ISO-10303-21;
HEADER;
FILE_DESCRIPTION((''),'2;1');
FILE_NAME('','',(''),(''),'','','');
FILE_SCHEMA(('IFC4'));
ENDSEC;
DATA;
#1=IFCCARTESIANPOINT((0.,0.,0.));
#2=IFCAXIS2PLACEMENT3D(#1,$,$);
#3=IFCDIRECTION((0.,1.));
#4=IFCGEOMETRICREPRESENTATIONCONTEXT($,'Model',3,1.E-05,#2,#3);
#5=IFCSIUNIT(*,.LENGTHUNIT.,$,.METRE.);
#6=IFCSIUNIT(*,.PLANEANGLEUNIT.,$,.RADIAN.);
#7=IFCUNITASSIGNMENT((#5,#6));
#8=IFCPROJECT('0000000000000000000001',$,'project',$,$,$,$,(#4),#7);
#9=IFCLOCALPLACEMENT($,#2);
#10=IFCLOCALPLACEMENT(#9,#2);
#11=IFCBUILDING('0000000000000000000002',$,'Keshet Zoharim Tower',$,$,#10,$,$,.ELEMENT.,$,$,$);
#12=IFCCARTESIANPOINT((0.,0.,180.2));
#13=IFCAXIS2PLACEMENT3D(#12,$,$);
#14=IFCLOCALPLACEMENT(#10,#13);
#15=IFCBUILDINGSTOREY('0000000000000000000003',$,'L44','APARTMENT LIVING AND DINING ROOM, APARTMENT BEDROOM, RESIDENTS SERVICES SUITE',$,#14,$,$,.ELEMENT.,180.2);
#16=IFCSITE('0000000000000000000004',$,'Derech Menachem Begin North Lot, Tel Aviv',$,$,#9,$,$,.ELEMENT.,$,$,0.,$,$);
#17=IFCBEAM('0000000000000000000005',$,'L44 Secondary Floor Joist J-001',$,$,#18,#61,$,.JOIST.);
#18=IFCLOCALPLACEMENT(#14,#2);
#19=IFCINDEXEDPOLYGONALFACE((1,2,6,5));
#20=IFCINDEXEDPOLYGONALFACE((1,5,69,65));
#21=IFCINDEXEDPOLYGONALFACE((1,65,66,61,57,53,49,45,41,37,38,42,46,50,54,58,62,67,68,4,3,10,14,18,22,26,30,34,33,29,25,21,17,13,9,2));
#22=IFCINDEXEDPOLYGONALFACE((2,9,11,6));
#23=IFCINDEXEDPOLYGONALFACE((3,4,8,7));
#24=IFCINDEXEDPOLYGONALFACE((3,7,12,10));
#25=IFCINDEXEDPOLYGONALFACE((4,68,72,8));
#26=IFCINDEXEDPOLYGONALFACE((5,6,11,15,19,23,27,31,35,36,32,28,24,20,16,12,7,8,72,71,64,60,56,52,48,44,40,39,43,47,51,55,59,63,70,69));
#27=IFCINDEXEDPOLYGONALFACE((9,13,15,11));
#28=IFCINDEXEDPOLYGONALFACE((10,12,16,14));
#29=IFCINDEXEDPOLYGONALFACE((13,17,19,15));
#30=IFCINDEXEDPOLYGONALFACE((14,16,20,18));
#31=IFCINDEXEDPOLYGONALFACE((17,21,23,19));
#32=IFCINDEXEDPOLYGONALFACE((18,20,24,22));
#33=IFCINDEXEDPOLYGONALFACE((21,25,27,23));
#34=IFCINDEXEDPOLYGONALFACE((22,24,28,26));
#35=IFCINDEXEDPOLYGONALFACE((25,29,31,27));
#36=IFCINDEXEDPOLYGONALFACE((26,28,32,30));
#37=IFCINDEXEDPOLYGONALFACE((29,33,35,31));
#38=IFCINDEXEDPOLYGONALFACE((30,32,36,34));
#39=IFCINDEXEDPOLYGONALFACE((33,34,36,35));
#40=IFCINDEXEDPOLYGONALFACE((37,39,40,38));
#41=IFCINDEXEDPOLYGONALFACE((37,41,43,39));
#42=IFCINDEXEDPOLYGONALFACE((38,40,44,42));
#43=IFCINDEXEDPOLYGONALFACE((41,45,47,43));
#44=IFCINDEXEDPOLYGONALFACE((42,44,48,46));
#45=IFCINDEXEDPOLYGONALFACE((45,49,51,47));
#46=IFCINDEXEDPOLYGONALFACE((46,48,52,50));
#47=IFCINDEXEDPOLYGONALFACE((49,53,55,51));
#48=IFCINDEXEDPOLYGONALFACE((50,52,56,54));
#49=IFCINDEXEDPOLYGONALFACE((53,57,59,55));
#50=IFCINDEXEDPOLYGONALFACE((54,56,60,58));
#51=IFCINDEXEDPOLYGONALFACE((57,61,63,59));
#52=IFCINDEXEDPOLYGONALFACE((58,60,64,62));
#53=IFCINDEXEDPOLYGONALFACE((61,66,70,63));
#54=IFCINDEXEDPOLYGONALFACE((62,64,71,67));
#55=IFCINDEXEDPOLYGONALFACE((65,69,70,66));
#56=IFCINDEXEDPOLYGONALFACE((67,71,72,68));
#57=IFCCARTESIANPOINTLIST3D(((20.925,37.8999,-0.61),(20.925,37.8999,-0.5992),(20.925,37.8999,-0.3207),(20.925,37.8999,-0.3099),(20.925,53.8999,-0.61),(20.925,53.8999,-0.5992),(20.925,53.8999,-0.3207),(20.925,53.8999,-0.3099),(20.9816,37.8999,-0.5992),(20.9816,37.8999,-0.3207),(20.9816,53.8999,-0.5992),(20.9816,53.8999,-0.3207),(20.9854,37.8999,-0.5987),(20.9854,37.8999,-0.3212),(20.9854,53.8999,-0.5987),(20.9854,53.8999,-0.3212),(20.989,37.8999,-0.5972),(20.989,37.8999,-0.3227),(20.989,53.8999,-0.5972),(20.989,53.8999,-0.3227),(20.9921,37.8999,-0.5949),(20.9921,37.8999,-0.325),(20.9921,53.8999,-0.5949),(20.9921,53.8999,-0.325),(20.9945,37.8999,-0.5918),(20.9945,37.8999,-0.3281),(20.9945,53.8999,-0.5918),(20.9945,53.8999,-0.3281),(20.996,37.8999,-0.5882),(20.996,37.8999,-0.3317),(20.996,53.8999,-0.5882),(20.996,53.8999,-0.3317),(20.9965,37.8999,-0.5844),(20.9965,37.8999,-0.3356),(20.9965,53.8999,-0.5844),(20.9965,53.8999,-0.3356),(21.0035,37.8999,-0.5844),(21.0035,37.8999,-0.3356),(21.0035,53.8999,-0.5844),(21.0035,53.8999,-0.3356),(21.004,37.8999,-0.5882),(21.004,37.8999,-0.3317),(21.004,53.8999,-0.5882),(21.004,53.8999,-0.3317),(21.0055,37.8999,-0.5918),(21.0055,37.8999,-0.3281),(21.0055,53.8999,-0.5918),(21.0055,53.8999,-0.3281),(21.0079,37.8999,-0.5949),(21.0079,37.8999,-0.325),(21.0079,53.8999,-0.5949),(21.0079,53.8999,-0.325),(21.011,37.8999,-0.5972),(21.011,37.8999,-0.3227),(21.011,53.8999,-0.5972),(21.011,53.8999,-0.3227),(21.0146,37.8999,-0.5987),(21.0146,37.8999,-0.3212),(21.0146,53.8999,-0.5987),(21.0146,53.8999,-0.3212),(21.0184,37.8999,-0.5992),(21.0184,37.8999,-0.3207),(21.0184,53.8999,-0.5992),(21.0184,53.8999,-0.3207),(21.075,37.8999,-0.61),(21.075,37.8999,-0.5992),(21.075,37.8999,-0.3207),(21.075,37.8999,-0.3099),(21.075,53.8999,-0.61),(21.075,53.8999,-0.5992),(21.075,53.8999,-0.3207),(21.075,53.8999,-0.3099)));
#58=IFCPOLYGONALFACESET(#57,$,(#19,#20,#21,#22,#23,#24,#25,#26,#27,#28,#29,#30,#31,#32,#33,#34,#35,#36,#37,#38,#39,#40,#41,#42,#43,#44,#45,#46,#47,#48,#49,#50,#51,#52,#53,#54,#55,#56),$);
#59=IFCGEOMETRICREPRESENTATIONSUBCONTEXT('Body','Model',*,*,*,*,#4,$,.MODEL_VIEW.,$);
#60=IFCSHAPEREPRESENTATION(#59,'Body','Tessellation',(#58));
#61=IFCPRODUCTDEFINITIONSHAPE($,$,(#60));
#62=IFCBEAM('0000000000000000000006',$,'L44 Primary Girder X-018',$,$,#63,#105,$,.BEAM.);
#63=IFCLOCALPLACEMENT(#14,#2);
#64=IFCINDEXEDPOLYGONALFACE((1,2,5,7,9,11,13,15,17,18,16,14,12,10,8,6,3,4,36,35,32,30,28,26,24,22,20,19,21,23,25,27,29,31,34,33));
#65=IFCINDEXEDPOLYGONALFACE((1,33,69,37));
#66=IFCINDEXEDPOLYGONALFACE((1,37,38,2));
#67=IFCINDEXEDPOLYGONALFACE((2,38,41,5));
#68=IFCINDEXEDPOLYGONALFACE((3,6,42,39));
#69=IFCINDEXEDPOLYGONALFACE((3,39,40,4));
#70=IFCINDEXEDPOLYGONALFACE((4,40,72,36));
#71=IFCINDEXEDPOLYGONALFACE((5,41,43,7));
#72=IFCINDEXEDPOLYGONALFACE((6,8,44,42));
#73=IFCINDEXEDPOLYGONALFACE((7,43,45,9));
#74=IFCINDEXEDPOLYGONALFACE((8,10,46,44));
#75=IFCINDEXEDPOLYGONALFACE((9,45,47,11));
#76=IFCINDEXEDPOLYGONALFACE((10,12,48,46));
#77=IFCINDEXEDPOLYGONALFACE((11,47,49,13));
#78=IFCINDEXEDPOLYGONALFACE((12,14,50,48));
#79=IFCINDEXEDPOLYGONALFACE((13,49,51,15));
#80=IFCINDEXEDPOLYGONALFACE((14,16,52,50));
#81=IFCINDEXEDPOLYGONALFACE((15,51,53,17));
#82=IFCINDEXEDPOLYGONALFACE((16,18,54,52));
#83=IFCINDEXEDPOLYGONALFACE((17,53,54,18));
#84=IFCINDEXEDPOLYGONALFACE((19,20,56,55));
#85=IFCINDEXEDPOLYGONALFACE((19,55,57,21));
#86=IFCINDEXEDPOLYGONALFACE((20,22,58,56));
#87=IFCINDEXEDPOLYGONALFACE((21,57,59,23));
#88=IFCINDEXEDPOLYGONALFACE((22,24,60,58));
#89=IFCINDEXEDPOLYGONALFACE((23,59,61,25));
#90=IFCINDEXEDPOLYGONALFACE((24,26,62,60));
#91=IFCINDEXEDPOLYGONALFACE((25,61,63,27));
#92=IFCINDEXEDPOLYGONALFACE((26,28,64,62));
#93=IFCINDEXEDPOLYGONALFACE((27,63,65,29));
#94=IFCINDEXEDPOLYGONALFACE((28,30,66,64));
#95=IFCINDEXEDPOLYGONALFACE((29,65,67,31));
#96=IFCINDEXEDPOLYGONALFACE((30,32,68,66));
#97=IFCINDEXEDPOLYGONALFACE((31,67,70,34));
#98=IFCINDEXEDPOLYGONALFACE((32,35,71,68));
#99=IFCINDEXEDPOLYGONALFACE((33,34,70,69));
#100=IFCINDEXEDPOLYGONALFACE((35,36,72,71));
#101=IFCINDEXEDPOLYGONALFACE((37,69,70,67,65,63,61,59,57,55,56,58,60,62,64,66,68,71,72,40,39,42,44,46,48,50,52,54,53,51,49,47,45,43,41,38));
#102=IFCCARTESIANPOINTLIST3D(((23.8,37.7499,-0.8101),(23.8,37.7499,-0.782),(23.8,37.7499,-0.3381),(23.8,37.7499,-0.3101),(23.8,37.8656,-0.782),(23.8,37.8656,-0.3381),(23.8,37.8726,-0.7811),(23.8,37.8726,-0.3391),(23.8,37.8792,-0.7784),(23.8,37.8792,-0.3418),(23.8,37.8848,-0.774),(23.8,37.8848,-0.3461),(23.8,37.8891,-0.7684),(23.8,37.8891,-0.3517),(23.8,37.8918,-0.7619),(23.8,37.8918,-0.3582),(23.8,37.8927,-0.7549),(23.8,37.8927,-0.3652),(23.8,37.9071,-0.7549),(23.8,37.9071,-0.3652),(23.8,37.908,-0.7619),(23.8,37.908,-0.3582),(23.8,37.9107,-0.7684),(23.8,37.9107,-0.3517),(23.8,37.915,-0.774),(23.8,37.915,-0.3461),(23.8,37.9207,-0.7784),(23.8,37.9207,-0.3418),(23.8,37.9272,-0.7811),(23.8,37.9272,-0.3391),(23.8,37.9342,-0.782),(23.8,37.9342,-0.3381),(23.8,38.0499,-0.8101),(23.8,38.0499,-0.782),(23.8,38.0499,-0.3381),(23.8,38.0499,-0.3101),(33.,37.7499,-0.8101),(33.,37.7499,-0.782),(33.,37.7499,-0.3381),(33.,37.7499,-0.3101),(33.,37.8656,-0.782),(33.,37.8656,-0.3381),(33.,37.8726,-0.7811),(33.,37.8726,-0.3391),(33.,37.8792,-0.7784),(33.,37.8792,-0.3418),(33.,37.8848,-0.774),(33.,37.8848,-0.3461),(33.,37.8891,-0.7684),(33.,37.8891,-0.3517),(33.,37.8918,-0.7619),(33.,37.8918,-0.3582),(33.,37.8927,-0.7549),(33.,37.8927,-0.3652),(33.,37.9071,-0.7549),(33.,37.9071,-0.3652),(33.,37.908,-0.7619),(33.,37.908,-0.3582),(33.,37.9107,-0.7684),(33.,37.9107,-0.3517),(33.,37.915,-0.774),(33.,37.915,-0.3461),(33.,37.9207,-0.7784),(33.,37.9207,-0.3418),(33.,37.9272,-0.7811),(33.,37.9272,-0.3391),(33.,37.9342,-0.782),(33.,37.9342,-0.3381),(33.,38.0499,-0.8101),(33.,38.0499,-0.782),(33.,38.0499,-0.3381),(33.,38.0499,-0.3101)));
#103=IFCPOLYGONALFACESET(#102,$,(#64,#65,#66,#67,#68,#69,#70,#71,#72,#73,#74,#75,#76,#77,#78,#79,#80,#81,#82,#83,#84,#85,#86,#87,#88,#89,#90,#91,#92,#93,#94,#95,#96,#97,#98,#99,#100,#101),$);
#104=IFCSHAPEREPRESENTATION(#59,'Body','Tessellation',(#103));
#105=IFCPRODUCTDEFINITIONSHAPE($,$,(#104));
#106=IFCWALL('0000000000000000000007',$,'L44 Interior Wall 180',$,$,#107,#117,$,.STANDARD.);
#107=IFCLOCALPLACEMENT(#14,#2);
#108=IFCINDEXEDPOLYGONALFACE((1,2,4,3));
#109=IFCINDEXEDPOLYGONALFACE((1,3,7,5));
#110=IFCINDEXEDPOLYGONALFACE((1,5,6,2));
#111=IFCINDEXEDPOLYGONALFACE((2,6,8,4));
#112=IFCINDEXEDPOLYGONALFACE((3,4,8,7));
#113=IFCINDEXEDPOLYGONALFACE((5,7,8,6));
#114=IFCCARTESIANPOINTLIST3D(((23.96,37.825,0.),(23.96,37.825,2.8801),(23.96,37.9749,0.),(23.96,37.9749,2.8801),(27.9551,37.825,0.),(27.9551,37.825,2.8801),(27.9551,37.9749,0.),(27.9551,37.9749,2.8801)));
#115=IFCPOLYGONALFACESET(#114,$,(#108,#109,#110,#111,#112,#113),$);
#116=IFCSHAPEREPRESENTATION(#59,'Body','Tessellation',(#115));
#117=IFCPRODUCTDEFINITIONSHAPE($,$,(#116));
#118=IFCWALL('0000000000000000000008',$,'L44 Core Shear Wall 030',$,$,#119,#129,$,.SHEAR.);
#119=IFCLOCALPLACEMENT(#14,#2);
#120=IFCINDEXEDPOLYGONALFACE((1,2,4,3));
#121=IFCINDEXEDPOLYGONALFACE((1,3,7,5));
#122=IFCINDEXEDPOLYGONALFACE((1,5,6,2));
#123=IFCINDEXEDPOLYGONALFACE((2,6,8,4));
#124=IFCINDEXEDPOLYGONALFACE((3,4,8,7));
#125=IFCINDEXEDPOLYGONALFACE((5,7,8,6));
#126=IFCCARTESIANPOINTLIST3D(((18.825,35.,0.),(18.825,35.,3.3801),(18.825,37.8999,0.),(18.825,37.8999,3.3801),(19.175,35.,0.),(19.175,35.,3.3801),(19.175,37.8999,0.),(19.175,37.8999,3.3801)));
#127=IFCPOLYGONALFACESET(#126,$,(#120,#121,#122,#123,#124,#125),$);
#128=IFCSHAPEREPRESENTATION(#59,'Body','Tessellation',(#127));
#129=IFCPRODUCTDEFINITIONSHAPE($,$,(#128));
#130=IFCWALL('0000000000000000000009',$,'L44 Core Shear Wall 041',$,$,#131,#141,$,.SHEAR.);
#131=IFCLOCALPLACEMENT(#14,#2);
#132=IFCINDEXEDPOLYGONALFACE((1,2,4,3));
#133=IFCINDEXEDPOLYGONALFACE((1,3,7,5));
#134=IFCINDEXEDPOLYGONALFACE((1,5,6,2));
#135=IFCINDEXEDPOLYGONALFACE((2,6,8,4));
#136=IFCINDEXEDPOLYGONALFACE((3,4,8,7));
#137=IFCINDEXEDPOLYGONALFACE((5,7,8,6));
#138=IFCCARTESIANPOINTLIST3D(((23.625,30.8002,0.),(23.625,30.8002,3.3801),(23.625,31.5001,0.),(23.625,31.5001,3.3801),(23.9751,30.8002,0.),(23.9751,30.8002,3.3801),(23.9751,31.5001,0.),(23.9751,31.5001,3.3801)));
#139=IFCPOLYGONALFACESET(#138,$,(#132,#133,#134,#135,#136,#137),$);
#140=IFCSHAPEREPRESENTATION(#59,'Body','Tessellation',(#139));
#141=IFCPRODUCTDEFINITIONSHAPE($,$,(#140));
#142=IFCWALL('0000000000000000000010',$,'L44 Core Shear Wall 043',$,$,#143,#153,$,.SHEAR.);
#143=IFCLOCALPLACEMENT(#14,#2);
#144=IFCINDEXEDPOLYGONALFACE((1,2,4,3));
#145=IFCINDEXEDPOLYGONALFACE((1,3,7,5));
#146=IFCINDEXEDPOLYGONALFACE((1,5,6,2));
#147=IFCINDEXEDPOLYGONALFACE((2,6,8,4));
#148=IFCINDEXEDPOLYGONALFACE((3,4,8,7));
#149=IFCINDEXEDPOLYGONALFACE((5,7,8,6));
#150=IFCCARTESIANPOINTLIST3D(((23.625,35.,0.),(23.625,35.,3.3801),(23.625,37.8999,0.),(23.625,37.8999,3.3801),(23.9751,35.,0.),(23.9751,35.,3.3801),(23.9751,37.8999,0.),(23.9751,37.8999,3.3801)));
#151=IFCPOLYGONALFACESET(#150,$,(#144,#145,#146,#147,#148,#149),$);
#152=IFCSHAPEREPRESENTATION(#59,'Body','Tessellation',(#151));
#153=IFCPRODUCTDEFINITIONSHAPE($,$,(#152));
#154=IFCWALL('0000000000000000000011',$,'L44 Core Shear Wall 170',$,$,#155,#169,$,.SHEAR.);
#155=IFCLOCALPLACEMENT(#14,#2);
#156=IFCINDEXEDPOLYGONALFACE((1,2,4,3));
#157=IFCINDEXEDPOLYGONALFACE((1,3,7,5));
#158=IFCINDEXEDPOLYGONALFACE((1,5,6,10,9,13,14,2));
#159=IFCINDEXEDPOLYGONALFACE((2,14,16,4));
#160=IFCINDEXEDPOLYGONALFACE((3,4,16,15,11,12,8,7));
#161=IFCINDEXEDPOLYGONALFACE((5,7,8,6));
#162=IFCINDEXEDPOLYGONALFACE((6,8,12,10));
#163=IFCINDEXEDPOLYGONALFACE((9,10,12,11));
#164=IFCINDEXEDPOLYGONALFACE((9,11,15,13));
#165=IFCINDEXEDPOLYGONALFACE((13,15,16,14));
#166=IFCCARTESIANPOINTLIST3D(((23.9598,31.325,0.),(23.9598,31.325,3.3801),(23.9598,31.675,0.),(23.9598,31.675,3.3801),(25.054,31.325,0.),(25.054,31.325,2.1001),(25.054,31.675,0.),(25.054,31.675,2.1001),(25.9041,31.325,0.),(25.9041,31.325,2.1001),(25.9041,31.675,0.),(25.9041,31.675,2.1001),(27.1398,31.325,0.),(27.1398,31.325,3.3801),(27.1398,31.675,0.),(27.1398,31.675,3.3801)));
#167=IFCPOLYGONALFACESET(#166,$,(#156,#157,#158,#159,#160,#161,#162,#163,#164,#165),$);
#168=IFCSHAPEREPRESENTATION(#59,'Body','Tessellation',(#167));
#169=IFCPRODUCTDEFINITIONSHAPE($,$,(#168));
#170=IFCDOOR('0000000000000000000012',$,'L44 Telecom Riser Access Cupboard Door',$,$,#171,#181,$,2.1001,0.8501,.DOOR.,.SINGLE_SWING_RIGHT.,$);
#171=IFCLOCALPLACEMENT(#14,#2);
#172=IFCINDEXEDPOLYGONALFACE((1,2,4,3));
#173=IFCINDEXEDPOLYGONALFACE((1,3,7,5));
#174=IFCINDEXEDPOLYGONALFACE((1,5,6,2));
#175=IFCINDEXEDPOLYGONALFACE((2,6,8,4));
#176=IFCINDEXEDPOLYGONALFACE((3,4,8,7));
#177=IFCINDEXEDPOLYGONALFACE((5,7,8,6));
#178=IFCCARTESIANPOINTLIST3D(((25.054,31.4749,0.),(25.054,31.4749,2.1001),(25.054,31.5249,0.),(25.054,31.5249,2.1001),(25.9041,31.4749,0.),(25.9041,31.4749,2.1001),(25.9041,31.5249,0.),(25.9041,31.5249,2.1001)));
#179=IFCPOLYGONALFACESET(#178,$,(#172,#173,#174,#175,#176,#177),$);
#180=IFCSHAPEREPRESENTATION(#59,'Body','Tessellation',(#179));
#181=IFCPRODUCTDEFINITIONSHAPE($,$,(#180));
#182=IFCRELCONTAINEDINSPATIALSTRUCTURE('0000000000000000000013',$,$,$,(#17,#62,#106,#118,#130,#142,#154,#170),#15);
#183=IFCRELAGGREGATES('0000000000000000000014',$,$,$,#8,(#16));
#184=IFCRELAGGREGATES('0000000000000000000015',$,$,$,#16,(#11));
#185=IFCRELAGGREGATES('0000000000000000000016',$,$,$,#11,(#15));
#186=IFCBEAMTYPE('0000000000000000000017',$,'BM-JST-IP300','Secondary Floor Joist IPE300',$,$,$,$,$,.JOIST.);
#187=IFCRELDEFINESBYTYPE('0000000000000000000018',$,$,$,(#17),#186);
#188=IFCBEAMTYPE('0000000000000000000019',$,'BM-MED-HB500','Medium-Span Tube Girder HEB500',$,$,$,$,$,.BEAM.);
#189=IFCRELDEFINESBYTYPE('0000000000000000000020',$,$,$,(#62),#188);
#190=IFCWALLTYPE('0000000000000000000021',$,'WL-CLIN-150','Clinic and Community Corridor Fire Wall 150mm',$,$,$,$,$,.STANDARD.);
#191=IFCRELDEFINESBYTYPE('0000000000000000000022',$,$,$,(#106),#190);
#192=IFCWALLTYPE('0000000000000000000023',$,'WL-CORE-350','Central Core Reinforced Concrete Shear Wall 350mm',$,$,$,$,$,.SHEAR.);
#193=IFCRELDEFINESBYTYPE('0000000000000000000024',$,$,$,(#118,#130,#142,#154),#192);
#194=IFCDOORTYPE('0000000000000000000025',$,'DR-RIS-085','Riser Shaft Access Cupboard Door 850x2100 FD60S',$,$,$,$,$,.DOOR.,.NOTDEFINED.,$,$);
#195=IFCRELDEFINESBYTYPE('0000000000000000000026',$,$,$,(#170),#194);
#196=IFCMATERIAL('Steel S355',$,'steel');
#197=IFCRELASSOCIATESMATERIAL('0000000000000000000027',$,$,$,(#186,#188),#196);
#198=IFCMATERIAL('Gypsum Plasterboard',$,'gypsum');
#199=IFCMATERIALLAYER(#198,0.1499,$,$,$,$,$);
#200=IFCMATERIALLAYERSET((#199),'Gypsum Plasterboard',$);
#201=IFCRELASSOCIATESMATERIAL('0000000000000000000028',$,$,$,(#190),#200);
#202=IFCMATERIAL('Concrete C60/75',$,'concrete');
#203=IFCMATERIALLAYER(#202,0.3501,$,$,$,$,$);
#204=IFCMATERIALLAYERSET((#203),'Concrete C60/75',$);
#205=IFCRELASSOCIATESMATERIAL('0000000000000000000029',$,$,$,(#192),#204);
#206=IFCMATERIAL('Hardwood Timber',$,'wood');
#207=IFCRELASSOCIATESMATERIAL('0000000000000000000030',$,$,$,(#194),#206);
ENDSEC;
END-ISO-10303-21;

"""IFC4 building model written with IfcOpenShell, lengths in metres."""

from ifc_helpers import new_model, si_unit, direction, frame, frame_2d, origin, origin_2d, place, context, subcontext, project, spatial, rectangle, i_section, extrude, material, layer, layer_set, material_profile, profile_set, type_object, element, fill, save


model = new_model("IFC4")

# Units and contexts
model_context = context("Model", 3, precision=1e-05, world=origin(), true_north=direction((0.0, 1.0)))
body_context = subcontext(model_context, "Body", "Model", "MODEL_VIEW")
ifc_project = project(units=[si_unit("LENGTHUNIT", "METRE"), si_unit("PLANEANGLEUNIT", "RADIAN")], contexts=[model_context])

# Site, building, storey
site_placement = place(None, origin())
site = spatial("IfcSite", under=ifc_project, at=site_placement, Name="Derech Menachem Begin North Lot, Tel Aviv", CompositionType="ELEMENT", RefElevation=0.0)
building_placement = place(site_placement, origin())
building = spatial("IfcBuilding", under=site, at=building_placement, Name="Keshet Zoharim Tower", CompositionType="ELEMENT")
storey_placement = place(building_placement, frame((0.0, 0.0, 180.2)))
storey = spatial("IfcBuildingStorey", under=building, at=storey_placement, Name="L44", Description="APARTMENT LIVING AND DINING ROOM, APARTMENT BEDROOM, RESIDENTS SERVICES SUITE", CompositionType="ELEMENT", Elevation=180.2)

# Beams
ifc_material_1 = material(Name="Steel S355", Category="steel")
ifc_material_profile_1 = material_profile(ifc_material_1, i_section(OverallWidth=0.1499, OverallDepth=0.3, WebThickness=0.0071, FlangeThickness=0.0107, FilletRadius=0.0149, at=origin_2d()), Name="IPE300")
ifc_profile_set_1 = profile_set([ifc_material_profile_1], Name="Steel S355")
beam_type_1 = type_object("IfcBeamType", Name="BM-JST-IP300", Description="Secondary Floor Joist IPE300", PredefinedType="JOIST", material=ifc_profile_set_1)
beam_1_placement = place(storey_placement, frame((21.0, 37.8999, -0.46), z_axis=(0.0, 1.0, 0.0), x_axis=(-1.0, 0.0, 0.0)))
element("IfcBeam", 1, at=beam_1_placement, inside=storey, type_object=beam_type_1, Name="L44 Secondary Floor Joist J-001", PredefinedType="JOIST", context=body_context, shape_type="SweptSolid", body=[
    extrude(i_section(OverallWidth=0.1499, OverallDepth=0.3, WebThickness=0.0071, FlangeThickness=0.0107, FilletRadius=0.0149, at=origin_2d()), origin(), (0.0, 0.0, 1.0), 16.0),
])
ifc_material_profile_2 = material_profile(ifc_material_1, i_section(OverallWidth=0.3, OverallDepth=0.5, WebThickness=0.0144, FlangeThickness=0.0281, FilletRadius=0.0271, at=origin_2d()), Name="HEB500")
ifc_profile_set_2 = profile_set([ifc_material_profile_2], Name="Steel S355")
beam_type_2 = type_object("IfcBeamType", Name="BM-MED-HB500", Description="Medium-Span Tube Girder HEB500", PredefinedType="BEAM", material=ifc_profile_set_2)
beam_2_placement = place(storey_placement, frame((23.8, 37.8999, -0.5601), z_axis=(1.0, 0.0, 0.0), x_axis=(0.0, 1.0, 0.0)))
element("IfcBeam", 2, at=beam_2_placement, inside=storey, type_object=beam_type_2, Name="L44 Primary Girder X-018", PredefinedType="BEAM", context=body_context, shape_type="SweptSolid", body=[
    extrude(i_section(OverallWidth=0.3, OverallDepth=0.5, WebThickness=0.0144, FlangeThickness=0.0281, FilletRadius=0.0271, at=origin_2d()), origin(), (0.0, 0.0, 1.0), 9.2),
])

# Walls
ifc_material_2 = material(Name="Gypsum Plasterboard", Category="gypsum")
ifc_layer_1 = layer(ifc_material_2, 0.1499)
ifc_layer_set_1 = layer_set([ifc_layer_1], Name="Gypsum Plasterboard")
wall_type_1 = type_object("IfcWallType", Name="WL-CLIN-150", Description="Clinic and Community Corridor Fire Wall 150mm", PredefinedType="STANDARD", material=ifc_layer_set_1)
wall_1_placement = place(storey_placement, frame((23.96, 37.8999, 0.0), z_axis=(0.0, 0.0, 1.0), x_axis=(1.0, 0.0, 0.0)))
element("IfcWall", 3, at=wall_1_placement, inside=storey, type_object=wall_type_1, Name="L44 Interior Wall 180", PredefinedType="STANDARD", context=body_context, shape_type="SweptSolid", body=[
    extrude(rectangle(XDim=3.9951, YDim=0.1499, at=frame_2d((1.9976, 0.0))), origin(), (0.0, 0.0, 1.0), 2.8801),
])
ifc_material_3 = material(Name="Concrete C60/75", Category="concrete")
ifc_layer_2 = layer(ifc_material_3, 0.3501)
ifc_layer_set_2 = layer_set([ifc_layer_2], Name="Concrete C60/75")
wall_type_2 = type_object("IfcWallType", Name="WL-CORE-350", Description="Central Core Reinforced Concrete Shear Wall 350mm", PredefinedType="SHEAR", material=ifc_layer_set_2)
wall_2_placement = place(storey_placement, frame((19.0, 35.0, 0.0), z_axis=(0.0, 0.0, 1.0), x_axis=(0.0, 1.0, 0.0)))
element("IfcWall", 4, at=wall_2_placement, inside=storey, type_object=wall_type_2, Name="L44 Core Shear Wall 030", PredefinedType="SHEAR", context=body_context, shape_type="SweptSolid", body=[
    extrude(rectangle(XDim=2.8999, YDim=0.3501, at=frame_2d((1.45, 0.0))), origin(), (0.0, 0.0, 1.0), 3.3801),
])
wall_3_placement = place(storey_placement, frame((23.8, 30.8, 0.0), z_axis=(0.0, 0.0, 1.0), x_axis=(0.0, 1.0, 0.0)))
element("IfcWall", 5, at=wall_3_placement, inside=storey, type_object=wall_type_2, Name="L44 Core Shear Wall 041", PredefinedType="SHEAR", context=body_context, shape_type="SweptSolid", body=[
    extrude(rectangle(XDim=0.7, YDim=0.3501, at=frame_2d((0.3501, 0.0))), origin(), (0.0, 0.0, 1.0), 3.3801),
])

# Shared definitions
ifc_material_4 = material(Name="Hardwood Timber", Category="wood")

# Wall
wall_4_placement = place(storey_placement, frame((23.8, 35.0, 0.0), z_axis=(0.0, 0.0, 1.0), x_axis=(0.0, 1.0, 0.0)))
element("IfcWall", 6, at=wall_4_placement, inside=storey, type_object=wall_type_2, Name="L44 Core Shear Wall 043", PredefinedType="SHEAR", context=body_context, shape_type="SweptSolid", body=[
    extrude(rectangle(XDim=2.8999, YDim=0.3501, at=frame_2d((1.45, 0.0))), origin(), (0.0, 0.0, 1.0), 3.3801),
])

# Wall, opening, door
wall_5_placement = place(storey_placement, frame((23.96, 31.5, 0.0), z_axis=(0.0, 0.0, 1.0), x_axis=(1.0, 0.0, 0.0)))
wall_5 = element("IfcWall", 7, at=wall_5_placement, inside=storey, type_object=wall_type_2, Name="L44 Core Shear Wall 170", PredefinedType="SHEAR", context=body_context, shape_type="SweptSolid", body=[
    extrude(rectangle(XDim=3.1799, YDim=0.3501, at=frame_2d((1.5898, 0.0))), origin(), (0.0, 0.0, 1.0), 3.3801),
])
opening_1_placement = place(wall_5_placement, frame((1.094, 0.0, 0.0)))
opening_1 = element("IfcOpeningElement", 8, at=opening_1_placement, cuts=wall_5, PredefinedType="OPENING", context=body_context, shape_type="SweptSolid", body=[
    extrude(rectangle(XDim=0.8501, YDim=2.1001, at=frame_2d((0.425, 1.05))), frame((0.0, 0.1851, 0.0), z_axis=(0.0, -1.0, 0.0), x_axis=(1.0, 0.0, 0.0)), (0.0, 0.0, 1.0), 0.3701),
])
door_type_1 = type_object("IfcDoorType", Name="DR-RIS-085", Description="Riser Shaft Access Cupboard Door 850x2100 FD60S", OperationType="NOTDEFINED", PredefinedType="DOOR", material=ifc_material_4)
door_1_placement = place(opening_1_placement, origin())
door_1 = element("IfcDoor", 9, at=door_1_placement, inside=storey, type_object=door_type_1, Name="L44 Telecom Riser Access Cupboard Door", OperationType="SINGLE_SWING_RIGHT", OverallHeight=2.1001, OverallWidth=0.8501, PredefinedType="DOOR", context=body_context, shape_type="SweptSolid", body=[
    extrude(rectangle(XDim=0.8501, YDim=2.1001, at=frame_2d((0.425, 1.05))), frame((0.0, 0.0249, 0.0), z_axis=(0.0, -1.0, 0.0), x_axis=(1.0, 0.0, 0.0)), (0.0, 0.0, 1.0), 0.05),
])
fill(opening_1, door_1)

save(model, "model.ifc")
